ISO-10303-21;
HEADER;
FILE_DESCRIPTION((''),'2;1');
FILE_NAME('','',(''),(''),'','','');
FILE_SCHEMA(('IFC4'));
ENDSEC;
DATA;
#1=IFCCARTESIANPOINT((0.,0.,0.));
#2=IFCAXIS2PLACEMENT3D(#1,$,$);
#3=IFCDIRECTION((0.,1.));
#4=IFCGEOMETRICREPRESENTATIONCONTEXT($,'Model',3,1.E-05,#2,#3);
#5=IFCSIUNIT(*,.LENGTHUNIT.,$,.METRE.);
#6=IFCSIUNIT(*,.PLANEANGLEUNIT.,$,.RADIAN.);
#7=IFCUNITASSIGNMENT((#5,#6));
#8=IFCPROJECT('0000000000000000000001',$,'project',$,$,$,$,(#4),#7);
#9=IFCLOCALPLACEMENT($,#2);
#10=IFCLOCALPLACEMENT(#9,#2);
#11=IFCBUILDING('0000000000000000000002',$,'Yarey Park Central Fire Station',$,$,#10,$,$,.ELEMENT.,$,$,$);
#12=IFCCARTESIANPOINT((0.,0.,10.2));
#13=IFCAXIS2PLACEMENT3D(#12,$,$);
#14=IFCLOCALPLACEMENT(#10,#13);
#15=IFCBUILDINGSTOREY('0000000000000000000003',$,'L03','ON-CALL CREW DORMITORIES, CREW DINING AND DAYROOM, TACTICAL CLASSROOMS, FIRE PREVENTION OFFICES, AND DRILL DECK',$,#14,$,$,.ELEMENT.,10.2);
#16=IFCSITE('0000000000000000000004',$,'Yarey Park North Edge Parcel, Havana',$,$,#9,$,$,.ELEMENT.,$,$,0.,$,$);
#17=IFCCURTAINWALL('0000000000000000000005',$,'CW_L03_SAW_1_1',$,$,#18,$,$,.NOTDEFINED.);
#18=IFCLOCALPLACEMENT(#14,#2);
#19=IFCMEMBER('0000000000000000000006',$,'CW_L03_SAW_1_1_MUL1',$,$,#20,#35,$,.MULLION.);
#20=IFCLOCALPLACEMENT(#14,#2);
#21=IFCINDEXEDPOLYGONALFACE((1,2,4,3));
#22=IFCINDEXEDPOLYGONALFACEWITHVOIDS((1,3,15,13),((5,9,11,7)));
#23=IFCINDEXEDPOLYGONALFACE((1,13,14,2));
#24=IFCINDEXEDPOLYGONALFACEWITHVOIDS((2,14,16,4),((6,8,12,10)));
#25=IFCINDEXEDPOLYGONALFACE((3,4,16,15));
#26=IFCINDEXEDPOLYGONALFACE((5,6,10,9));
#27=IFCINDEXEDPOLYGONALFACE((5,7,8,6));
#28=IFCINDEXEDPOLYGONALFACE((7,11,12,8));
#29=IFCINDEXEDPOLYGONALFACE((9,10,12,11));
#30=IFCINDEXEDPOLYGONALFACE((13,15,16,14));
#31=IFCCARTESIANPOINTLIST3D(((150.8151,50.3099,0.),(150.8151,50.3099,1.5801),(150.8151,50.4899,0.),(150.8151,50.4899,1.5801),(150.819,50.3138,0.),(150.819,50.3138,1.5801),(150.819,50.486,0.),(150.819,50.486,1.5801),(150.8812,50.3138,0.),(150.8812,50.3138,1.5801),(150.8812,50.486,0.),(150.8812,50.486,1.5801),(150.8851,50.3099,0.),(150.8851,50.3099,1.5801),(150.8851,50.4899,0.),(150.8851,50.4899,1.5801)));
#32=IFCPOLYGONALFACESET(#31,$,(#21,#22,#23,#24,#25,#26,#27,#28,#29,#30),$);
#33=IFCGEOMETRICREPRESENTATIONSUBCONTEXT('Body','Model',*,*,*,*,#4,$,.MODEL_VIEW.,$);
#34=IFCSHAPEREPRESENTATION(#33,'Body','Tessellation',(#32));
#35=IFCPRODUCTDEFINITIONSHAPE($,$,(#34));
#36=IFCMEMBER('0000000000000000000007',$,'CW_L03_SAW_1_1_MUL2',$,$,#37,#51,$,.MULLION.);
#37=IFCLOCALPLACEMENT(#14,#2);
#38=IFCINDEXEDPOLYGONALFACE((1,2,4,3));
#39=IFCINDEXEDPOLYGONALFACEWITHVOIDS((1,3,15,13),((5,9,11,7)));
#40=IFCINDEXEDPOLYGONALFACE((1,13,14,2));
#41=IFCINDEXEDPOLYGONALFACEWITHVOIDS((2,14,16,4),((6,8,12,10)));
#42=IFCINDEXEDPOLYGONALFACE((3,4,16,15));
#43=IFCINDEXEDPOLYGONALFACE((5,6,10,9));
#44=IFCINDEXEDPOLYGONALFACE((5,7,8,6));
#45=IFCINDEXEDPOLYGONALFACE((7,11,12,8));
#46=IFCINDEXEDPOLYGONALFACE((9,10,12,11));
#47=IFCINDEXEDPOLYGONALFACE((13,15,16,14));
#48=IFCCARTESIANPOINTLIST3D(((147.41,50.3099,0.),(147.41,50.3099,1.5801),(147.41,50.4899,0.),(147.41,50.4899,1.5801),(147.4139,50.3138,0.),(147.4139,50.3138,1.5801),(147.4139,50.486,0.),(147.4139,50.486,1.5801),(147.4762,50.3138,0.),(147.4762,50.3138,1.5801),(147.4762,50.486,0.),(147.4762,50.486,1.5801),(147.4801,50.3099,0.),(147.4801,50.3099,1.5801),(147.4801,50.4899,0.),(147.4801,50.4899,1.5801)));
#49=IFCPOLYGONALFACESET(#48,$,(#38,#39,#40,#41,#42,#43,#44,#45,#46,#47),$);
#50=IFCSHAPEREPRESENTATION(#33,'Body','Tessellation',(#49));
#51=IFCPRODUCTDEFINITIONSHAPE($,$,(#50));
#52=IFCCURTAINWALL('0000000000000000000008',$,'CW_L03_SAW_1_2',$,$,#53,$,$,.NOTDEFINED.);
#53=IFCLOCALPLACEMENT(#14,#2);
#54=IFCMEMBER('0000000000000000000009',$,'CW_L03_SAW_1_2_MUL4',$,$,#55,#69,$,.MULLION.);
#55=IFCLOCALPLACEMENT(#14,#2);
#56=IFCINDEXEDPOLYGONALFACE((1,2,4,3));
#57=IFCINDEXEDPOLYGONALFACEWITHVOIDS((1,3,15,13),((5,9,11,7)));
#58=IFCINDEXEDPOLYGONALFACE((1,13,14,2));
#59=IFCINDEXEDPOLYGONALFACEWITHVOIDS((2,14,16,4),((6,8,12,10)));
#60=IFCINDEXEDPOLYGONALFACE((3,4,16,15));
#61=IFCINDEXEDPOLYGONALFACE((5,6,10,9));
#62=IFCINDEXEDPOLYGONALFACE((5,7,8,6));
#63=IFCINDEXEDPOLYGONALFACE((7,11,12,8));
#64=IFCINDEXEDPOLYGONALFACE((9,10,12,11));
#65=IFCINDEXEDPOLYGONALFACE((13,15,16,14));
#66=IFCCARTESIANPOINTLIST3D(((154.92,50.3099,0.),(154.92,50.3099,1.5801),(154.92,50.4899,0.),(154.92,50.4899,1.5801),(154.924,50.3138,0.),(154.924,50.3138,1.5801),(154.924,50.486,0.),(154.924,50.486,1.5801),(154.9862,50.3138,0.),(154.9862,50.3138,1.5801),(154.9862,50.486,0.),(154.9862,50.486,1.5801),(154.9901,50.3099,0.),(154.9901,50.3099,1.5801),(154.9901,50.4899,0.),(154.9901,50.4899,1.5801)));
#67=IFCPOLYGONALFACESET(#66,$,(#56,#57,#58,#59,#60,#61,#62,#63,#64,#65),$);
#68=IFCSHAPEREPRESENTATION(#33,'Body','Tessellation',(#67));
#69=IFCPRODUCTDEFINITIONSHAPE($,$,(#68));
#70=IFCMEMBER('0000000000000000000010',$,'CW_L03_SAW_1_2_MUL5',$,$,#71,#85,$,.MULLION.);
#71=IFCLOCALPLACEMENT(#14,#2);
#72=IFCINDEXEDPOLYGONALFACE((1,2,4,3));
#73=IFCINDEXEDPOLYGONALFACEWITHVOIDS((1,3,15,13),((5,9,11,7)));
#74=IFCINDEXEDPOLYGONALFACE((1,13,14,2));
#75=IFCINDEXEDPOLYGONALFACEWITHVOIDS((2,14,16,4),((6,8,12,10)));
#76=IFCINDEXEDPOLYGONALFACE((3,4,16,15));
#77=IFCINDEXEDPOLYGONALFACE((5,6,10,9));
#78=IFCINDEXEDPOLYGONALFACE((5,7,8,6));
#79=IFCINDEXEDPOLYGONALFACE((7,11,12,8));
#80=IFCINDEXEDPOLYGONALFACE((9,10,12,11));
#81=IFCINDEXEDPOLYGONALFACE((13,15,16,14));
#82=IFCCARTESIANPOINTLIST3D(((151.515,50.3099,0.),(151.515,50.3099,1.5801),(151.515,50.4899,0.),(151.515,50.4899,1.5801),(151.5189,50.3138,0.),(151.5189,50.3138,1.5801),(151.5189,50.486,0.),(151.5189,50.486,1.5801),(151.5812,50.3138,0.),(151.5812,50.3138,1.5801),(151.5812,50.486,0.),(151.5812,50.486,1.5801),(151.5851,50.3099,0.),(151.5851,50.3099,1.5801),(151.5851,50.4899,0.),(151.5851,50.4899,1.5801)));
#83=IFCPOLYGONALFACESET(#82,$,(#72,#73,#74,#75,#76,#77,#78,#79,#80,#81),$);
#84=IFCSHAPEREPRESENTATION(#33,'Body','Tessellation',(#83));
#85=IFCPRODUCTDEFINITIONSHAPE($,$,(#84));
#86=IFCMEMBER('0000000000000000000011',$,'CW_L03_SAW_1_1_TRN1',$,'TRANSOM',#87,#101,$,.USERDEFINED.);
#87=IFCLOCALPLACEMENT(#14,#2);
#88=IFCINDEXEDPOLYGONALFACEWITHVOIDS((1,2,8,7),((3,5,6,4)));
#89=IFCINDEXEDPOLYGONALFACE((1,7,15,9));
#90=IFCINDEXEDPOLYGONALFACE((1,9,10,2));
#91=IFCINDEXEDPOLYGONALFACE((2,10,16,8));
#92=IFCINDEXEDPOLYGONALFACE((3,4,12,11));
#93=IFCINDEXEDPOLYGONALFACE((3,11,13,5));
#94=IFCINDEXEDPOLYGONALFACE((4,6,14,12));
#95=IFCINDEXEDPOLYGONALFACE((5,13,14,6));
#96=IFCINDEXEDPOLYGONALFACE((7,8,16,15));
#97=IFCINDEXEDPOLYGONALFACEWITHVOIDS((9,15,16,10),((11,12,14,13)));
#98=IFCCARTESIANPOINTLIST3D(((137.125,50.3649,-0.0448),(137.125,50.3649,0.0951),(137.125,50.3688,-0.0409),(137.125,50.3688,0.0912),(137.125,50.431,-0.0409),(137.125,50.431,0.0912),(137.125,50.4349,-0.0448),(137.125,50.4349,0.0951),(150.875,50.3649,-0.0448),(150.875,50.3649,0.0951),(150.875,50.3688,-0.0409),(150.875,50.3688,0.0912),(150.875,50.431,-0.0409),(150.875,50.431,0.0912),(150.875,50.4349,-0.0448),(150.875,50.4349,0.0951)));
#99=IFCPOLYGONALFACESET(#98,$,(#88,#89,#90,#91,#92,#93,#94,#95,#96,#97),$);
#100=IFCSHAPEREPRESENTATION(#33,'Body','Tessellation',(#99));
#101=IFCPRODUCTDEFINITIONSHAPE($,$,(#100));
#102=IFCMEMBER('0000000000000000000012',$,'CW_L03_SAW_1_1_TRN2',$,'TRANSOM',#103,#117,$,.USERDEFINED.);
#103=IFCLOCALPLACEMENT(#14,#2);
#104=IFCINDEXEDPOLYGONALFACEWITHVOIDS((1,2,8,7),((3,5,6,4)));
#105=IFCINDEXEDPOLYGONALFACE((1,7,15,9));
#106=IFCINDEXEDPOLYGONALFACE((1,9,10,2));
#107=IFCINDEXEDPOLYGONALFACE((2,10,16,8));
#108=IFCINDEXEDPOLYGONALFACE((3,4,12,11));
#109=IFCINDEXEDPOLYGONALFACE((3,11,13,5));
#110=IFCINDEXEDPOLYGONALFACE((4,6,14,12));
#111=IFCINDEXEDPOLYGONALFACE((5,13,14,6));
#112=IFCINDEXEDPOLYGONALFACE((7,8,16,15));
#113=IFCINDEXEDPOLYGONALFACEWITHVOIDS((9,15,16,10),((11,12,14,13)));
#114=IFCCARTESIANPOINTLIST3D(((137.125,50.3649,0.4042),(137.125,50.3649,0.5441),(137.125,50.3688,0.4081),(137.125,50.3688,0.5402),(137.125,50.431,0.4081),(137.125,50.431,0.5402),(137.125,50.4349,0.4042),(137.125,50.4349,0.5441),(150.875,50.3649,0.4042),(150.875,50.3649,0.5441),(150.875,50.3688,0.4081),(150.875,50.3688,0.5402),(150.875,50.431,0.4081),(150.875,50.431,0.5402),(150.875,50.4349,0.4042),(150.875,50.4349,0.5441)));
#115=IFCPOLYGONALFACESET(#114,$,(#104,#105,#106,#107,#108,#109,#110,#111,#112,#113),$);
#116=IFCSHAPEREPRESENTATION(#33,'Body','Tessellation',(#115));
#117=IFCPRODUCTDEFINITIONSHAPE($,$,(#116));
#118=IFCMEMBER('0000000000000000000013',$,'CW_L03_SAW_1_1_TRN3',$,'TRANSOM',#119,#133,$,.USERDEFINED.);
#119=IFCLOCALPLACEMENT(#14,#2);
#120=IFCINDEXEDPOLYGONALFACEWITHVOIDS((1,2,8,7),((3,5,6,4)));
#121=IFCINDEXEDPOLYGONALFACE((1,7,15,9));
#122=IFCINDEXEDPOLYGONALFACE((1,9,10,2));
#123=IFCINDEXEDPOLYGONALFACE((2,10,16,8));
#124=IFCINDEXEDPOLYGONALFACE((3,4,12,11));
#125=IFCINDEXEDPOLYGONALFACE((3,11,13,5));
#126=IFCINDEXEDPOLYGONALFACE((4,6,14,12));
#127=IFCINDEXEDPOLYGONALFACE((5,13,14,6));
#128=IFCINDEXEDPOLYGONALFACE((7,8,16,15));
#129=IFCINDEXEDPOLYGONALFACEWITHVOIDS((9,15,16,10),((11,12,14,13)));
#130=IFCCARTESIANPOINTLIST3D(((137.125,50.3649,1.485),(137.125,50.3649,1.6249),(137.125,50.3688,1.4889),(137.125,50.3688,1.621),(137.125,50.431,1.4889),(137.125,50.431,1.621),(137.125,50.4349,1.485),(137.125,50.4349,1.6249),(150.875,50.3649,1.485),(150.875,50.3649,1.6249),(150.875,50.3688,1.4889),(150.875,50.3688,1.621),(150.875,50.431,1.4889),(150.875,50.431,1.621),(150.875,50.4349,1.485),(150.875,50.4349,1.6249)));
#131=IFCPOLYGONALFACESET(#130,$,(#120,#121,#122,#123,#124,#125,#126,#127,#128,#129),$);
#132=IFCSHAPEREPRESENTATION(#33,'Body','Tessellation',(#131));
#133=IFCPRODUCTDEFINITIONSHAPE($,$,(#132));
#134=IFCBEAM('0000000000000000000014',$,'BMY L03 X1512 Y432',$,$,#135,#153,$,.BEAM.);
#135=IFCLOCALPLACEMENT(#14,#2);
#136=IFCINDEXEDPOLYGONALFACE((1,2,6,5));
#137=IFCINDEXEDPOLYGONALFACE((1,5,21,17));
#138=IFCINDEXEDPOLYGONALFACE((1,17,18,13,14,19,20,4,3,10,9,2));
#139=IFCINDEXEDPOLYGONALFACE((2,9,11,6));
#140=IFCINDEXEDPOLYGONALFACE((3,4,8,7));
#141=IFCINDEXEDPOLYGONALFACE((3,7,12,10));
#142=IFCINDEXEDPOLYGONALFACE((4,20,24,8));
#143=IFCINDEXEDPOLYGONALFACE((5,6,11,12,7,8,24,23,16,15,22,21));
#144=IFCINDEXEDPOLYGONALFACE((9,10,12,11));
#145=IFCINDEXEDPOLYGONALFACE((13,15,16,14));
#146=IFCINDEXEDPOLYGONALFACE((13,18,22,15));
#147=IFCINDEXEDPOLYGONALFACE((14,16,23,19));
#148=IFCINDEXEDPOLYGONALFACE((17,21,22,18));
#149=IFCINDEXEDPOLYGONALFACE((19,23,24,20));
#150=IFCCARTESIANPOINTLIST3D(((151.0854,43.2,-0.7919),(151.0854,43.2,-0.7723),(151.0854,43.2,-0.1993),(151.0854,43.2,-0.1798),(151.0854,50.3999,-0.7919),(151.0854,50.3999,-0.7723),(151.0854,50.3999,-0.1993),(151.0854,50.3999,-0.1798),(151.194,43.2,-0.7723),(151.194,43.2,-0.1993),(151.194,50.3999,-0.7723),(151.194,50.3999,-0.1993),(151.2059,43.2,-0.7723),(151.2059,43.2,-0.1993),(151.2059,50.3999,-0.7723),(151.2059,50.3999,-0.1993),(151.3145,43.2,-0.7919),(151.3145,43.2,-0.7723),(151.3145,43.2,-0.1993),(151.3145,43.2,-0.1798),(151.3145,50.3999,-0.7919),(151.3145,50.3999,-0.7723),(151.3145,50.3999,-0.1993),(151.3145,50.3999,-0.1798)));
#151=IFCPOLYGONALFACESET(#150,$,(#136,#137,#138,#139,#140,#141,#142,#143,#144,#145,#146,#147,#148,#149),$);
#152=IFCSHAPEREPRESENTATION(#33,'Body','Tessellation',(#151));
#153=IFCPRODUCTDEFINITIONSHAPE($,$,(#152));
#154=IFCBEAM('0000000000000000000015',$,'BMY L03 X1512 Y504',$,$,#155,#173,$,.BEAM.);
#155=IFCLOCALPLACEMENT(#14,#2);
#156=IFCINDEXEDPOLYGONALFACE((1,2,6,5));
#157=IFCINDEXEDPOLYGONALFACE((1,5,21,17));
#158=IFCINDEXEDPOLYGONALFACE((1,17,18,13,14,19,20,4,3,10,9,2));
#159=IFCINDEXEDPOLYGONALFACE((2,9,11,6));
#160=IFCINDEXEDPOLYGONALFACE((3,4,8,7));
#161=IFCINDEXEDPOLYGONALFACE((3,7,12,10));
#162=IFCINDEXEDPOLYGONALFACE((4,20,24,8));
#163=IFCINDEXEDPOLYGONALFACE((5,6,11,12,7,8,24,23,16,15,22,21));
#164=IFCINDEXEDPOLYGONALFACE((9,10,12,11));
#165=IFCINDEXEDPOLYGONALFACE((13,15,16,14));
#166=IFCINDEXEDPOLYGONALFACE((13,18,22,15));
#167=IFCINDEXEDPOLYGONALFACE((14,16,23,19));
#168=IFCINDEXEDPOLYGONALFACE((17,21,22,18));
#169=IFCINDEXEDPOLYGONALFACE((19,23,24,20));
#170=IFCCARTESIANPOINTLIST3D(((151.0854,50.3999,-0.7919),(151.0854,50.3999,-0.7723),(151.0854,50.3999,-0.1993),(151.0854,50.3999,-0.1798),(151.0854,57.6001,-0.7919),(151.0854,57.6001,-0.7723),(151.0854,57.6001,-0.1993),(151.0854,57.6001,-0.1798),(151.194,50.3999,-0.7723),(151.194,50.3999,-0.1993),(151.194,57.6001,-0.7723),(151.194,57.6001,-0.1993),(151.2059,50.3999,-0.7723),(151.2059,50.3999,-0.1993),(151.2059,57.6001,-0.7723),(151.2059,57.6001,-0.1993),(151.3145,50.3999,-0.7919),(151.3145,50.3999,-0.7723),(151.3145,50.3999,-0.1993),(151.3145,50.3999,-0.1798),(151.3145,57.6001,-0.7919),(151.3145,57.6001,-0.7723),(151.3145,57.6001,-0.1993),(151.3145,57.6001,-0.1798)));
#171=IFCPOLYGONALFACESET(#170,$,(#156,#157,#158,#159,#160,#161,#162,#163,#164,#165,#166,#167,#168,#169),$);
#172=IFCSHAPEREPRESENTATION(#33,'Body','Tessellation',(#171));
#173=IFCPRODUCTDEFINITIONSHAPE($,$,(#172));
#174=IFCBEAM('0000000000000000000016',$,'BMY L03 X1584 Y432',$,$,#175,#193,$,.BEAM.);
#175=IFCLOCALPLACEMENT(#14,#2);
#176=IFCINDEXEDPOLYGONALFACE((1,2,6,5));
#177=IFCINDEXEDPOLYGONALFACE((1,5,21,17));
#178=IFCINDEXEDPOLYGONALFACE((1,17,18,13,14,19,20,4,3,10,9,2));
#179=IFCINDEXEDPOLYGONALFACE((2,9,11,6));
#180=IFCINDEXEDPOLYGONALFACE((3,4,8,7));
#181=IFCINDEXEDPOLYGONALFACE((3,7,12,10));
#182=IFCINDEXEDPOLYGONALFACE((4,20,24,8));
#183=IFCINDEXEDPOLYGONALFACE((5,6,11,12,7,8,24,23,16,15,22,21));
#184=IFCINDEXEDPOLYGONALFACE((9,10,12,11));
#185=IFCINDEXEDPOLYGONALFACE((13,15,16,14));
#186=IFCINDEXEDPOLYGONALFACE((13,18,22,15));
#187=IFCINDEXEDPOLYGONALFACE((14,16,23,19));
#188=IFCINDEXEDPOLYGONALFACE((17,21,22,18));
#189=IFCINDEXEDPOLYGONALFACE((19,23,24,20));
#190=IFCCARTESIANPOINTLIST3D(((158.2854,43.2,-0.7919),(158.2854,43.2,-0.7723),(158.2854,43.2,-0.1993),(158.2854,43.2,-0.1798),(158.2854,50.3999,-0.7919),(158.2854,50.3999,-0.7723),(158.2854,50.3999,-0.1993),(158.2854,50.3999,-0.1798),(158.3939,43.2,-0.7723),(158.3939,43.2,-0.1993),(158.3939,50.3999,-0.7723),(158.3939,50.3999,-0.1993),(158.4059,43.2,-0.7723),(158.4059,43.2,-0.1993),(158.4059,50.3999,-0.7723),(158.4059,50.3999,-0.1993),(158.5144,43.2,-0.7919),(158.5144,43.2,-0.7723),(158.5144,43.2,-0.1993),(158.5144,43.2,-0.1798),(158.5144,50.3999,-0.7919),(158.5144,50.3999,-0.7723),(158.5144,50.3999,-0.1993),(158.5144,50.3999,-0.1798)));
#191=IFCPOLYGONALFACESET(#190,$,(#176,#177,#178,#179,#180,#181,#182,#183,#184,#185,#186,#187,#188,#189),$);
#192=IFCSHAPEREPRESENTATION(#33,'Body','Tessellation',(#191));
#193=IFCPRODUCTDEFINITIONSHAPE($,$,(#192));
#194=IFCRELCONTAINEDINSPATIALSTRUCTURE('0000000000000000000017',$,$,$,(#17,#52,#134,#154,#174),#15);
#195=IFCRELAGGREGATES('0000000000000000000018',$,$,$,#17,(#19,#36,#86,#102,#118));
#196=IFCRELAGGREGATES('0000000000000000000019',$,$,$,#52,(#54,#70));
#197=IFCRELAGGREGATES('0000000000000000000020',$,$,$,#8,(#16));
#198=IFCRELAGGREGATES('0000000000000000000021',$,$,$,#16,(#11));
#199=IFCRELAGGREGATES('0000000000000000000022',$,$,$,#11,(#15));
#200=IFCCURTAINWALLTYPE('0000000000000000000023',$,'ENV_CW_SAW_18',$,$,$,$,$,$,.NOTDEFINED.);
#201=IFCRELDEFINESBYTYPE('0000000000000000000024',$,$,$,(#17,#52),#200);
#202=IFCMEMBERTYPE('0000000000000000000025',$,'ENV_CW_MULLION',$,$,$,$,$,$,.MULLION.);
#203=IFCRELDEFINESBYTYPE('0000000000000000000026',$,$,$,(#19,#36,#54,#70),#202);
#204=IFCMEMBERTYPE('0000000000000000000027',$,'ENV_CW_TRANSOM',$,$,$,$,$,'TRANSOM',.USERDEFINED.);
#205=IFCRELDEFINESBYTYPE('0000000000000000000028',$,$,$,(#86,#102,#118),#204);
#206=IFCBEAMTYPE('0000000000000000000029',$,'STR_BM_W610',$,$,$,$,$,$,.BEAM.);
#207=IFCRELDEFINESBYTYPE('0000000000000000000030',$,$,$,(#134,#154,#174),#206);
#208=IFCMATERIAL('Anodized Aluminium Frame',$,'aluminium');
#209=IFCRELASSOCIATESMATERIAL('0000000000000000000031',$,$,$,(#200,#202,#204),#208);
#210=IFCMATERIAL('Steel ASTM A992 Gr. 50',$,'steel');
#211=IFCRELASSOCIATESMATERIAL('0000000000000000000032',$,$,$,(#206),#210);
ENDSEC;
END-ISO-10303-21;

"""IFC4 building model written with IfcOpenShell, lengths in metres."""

from ifc_helpers import new_model, si_unit, direction, frame, origin, origin_2d, place, context, subcontext, project, spatial, hollow_rectangle, i_section, extrude, material, material_profile, profile_set, type_object, element, aggregate, save


model = new_model("IFC4")

# Units and contexts
model_context = context("Model", 3, precision=1e-05, world=origin(), true_north=direction((0.0, 1.0)))
body_context = subcontext(model_context, "Body", "Model", "MODEL_VIEW")
ifc_project = project(units=[si_unit("LENGTHUNIT", "METRE"), si_unit("PLANEANGLEUNIT", "RADIAN")], contexts=[model_context])

# Site, building, storey
site_placement = place(None, origin())
site = spatial("IfcSite", under=ifc_project, at=site_placement, Name="Yarey Park North Edge Parcel, Havana", CompositionType="ELEMENT", RefElevation=0.0)
building_placement = place(site_placement, origin())
building = spatial("IfcBuilding", under=site, at=building_placement, Name="Yarey Park Central Fire Station", CompositionType="ELEMENT")
storey_placement = place(building_placement, frame((0.0, 0.0, 10.2)))
storey = spatial("IfcBuildingStorey", under=building, at=storey_placement, Name="L03", Description="ON-CALL CREW DORMITORIES, CREW DINING AND DAYROOM, TACTICAL CLASSROOMS, FIRE PREVENTION OFFICES, AND DRILL DECK", CompositionType="ELEMENT", Elevation=10.2)

# Curtain walls, members
ifc_material_1 = material(Name="Anodized Aluminium Frame", Category="aluminium")
curtain_wall_type = type_object("IfcCurtainWallType", Name="ENV_CW_SAW_18", PredefinedType="NOTDEFINED", material=ifc_material_1)
curtain_wall_1_placement = place(storey_placement, origin())
curtain_wall_1 = element("IfcCurtainWall", 1, at=curtain_wall_1_placement, inside=storey, type_object=curtain_wall_type, Name="CW_L03_SAW_1_1", PredefinedType="NOTDEFINED")
ifc_material_profile_1 = material_profile(ifc_material_1, hollow_rectangle(XDim=0.0701, YDim=0.1799, WallThickness=0.0039, at=origin_2d()), Name="ALU 180x70x4")
ifc_profile_set_1 = profile_set([ifc_material_profile_1], Name="Anodized Aluminium Frame")
member_type_1 = type_object("IfcMemberType", Name="ENV_CW_MULLION", PredefinedType="MULLION", material=ifc_profile_set_1)
member_1_placement = place(storey_placement, frame((150.8501, 50.3999, 0.0), z_axis=(0.0, 0.0, 1.0), x_axis=(1.0, 0.0, 0.0)))
member_1 = element("IfcMember", 2, at=member_1_placement, type_object=member_type_1, Name="CW_L03_SAW_1_1_MUL1", PredefinedType="MULLION", context=body_context, shape_type="SweptSolid", body=[
    extrude(hollow_rectangle(XDim=0.0701, YDim=0.1799, WallThickness=0.0039, at=origin_2d()), origin(), (0.0, 0.0, 1.0), 1.5801),
])
member_2_placement = place(storey_placement, frame((147.4451, 50.3999, 0.0), z_axis=(0.0, 0.0, 1.0), x_axis=(1.0, 0.0, 0.0)))
member_2 = element("IfcMember", 3, at=member_2_placement, type_object=member_type_1, Name="CW_L03_SAW_1_1_MUL2", PredefinedType="MULLION", context=body_context, shape_type="SweptSolid", body=[
    extrude(hollow_rectangle(XDim=0.0701, YDim=0.1799, WallThickness=0.0039, at=origin_2d()), origin(), (0.0, 0.0, 1.0), 1.5801),
])
curtain_wall_2_placement = place(storey_placement, origin())
curtain_wall_2 = element("IfcCurtainWall", 4, at=curtain_wall_2_placement, inside=storey, type_object=curtain_wall_type, Name="CW_L03_SAW_1_2", PredefinedType="NOTDEFINED")
member_3_placement = place(storey_placement, frame((154.9551, 50.3999, 0.0), z_axis=(0.0, 0.0, 1.0), x_axis=(1.0, 0.0, 0.0)))
member_3 = element("IfcMember", 5, at=member_3_placement, type_object=member_type_1, Name="CW_L03_SAW_1_2_MUL4", PredefinedType="MULLION", context=body_context, shape_type="SweptSolid", body=[
    extrude(hollow_rectangle(XDim=0.0701, YDim=0.1799, WallThickness=0.0039, at=origin_2d()), origin(), (0.0, 0.0, 1.0), 1.5801),
])
member_4_placement = place(storey_placement, frame((151.55, 50.3999, 0.0), z_axis=(0.0, 0.0, 1.0), x_axis=(1.0, 0.0, 0.0)))
member_4 = element("IfcMember", 6, at=member_4_placement, type_object=member_type_1, Name="CW_L03_SAW_1_2_MUL5", PredefinedType="MULLION", context=body_context, shape_type="SweptSolid", body=[
    extrude(hollow_rectangle(XDim=0.0701, YDim=0.1799, WallThickness=0.0039, at=origin_2d()), origin(), (0.0, 0.0, 1.0), 1.5801),
])

# Members
ifc_material_profile_2 = material_profile(ifc_material_1, hollow_rectangle(XDim=0.0701, YDim=0.1399, WallThickness=0.0039, at=origin_2d()), Name="ALU 140x70x4")
ifc_profile_set_2 = profile_set([ifc_material_profile_2], Name="Anodized Aluminium Frame")
member_type_2 = type_object("IfcMemberType", Name="ENV_CW_TRANSOM", ElementType="TRANSOM", PredefinedType="USERDEFINED", material=ifc_profile_set_2)
member_5_placement = place(storey_placement, frame((150.875, 50.3999, 0.0251), z_axis=(-1.0, 0.0, 0.0), x_axis=(0.0, -1.0, 0.0)))
member_5 = element("IfcMember", 7, at=member_5_placement, type_object=member_type_2, Name="CW_L03_SAW_1_1_TRN1", ObjectType="TRANSOM", PredefinedType="USERDEFINED", context=body_context, shape_type="SweptSolid", body=[
    extrude(hollow_rectangle(XDim=0.0701, YDim=0.1399, WallThickness=0.0039, at=origin_2d()), origin(), (0.0, 0.0, 1.0), 13.75),
])
member_6_placement = place(storey_placement, frame((150.875, 50.3999, 0.4741), z_axis=(-1.0, 0.0, 0.0), x_axis=(0.0, -1.0, 0.0)))
member_6 = element("IfcMember", 8, at=member_6_placement, type_object=member_type_2, Name="CW_L03_SAW_1_1_TRN2", ObjectType="TRANSOM", PredefinedType="USERDEFINED", context=body_context, shape_type="SweptSolid", body=[
    extrude(hollow_rectangle(XDim=0.0701, YDim=0.1399, WallThickness=0.0039, at=origin_2d()), origin(), (0.0, 0.0, 1.0), 13.75),
])
member_7_placement = place(storey_placement, frame((150.875, 50.3999, 1.5549), z_axis=(-1.0, 0.0, 0.0), x_axis=(0.0, -1.0, 0.0)))
member_7 = element("IfcMember", 9, at=member_7_placement, type_object=member_type_2, Name="CW_L03_SAW_1_1_TRN3", ObjectType="TRANSOM", PredefinedType="USERDEFINED", context=body_context, shape_type="SweptSolid", body=[
    extrude(hollow_rectangle(XDim=0.0701, YDim=0.1399, WallThickness=0.0039, at=origin_2d()), origin(), (0.0, 0.0, 1.0), 13.75),
])

# Beams
ifc_material_2 = material(Name="Steel ASTM A992 Gr. 50", Category="steel")
ifc_material_profile_3 = material_profile(ifc_material_2, i_section(OverallWidth=0.229, OverallDepth=0.6121, WebThickness=0.012, FlangeThickness=0.0195, at=origin_2d()), Name="W610x125")
ifc_profile_set_3 = profile_set([ifc_material_profile_3], Name="Steel ASTM A992 Gr. 50")
beam_type_1 = type_object("IfcBeamType", Name="STR_BM_W610", PredefinedType="BEAM", material=ifc_profile_set_3)
beam_1_placement = place(storey_placement, frame((151.2, 43.2, -0.4858), z_axis=(0.0, 1.0, 0.0), x_axis=(-1.0, 0.0, 0.0)))
element("IfcBeam", 10, at=beam_1_placement, inside=storey, type_object=beam_type_1, Name="BMY L03 X1512 Y432", PredefinedType="BEAM", context=body_context, shape_type="SweptSolid", body=[
    extrude(i_section(OverallWidth=0.229, OverallDepth=0.6121, WebThickness=0.012, FlangeThickness=0.0195, at=origin_2d()), origin(), (0.0, 0.0, 1.0), 7.2),
])
beam_2_placement = place(storey_placement, frame((151.2, 50.3999, -0.4858), z_axis=(0.0, 1.0, 0.0), x_axis=(-1.0, 0.0, 0.0)))
element("IfcBeam", 11, at=beam_2_placement, inside=storey, type_object=beam_type_1, Name="BMY L03 X1512 Y504", PredefinedType="BEAM", context=body_context, shape_type="SweptSolid", body=[
    extrude(i_section(OverallWidth=0.229, OverallDepth=0.6121, WebThickness=0.012, FlangeThickness=0.0195, at=origin_2d()), origin(), (0.0, 0.0, 1.0), 7.2002),
])
beam_3_placement = place(storey_placement, frame((158.3999, 43.2, -0.4858), z_axis=(0.0, 1.0, 0.0), x_axis=(-1.0, 0.0, 0.0)))
element("IfcBeam", 12, at=beam_3_placement, inside=storey, type_object=beam_type_1, Name="BMY L03 X1584 Y432", PredefinedType="BEAM", context=body_context, shape_type="SweptSolid", body=[
    extrude(i_section(OverallWidth=0.229, OverallDepth=0.6121, WebThickness=0.012, FlangeThickness=0.0195, at=origin_2d()), origin(), (0.0, 0.0, 1.0), 7.2),
])

aggregate(curtain_wall_1, [member_1, member_2, member_5, member_6, member_7])
aggregate(curtain_wall_2, [member_3, member_4])

save(model, "model.ifc")
